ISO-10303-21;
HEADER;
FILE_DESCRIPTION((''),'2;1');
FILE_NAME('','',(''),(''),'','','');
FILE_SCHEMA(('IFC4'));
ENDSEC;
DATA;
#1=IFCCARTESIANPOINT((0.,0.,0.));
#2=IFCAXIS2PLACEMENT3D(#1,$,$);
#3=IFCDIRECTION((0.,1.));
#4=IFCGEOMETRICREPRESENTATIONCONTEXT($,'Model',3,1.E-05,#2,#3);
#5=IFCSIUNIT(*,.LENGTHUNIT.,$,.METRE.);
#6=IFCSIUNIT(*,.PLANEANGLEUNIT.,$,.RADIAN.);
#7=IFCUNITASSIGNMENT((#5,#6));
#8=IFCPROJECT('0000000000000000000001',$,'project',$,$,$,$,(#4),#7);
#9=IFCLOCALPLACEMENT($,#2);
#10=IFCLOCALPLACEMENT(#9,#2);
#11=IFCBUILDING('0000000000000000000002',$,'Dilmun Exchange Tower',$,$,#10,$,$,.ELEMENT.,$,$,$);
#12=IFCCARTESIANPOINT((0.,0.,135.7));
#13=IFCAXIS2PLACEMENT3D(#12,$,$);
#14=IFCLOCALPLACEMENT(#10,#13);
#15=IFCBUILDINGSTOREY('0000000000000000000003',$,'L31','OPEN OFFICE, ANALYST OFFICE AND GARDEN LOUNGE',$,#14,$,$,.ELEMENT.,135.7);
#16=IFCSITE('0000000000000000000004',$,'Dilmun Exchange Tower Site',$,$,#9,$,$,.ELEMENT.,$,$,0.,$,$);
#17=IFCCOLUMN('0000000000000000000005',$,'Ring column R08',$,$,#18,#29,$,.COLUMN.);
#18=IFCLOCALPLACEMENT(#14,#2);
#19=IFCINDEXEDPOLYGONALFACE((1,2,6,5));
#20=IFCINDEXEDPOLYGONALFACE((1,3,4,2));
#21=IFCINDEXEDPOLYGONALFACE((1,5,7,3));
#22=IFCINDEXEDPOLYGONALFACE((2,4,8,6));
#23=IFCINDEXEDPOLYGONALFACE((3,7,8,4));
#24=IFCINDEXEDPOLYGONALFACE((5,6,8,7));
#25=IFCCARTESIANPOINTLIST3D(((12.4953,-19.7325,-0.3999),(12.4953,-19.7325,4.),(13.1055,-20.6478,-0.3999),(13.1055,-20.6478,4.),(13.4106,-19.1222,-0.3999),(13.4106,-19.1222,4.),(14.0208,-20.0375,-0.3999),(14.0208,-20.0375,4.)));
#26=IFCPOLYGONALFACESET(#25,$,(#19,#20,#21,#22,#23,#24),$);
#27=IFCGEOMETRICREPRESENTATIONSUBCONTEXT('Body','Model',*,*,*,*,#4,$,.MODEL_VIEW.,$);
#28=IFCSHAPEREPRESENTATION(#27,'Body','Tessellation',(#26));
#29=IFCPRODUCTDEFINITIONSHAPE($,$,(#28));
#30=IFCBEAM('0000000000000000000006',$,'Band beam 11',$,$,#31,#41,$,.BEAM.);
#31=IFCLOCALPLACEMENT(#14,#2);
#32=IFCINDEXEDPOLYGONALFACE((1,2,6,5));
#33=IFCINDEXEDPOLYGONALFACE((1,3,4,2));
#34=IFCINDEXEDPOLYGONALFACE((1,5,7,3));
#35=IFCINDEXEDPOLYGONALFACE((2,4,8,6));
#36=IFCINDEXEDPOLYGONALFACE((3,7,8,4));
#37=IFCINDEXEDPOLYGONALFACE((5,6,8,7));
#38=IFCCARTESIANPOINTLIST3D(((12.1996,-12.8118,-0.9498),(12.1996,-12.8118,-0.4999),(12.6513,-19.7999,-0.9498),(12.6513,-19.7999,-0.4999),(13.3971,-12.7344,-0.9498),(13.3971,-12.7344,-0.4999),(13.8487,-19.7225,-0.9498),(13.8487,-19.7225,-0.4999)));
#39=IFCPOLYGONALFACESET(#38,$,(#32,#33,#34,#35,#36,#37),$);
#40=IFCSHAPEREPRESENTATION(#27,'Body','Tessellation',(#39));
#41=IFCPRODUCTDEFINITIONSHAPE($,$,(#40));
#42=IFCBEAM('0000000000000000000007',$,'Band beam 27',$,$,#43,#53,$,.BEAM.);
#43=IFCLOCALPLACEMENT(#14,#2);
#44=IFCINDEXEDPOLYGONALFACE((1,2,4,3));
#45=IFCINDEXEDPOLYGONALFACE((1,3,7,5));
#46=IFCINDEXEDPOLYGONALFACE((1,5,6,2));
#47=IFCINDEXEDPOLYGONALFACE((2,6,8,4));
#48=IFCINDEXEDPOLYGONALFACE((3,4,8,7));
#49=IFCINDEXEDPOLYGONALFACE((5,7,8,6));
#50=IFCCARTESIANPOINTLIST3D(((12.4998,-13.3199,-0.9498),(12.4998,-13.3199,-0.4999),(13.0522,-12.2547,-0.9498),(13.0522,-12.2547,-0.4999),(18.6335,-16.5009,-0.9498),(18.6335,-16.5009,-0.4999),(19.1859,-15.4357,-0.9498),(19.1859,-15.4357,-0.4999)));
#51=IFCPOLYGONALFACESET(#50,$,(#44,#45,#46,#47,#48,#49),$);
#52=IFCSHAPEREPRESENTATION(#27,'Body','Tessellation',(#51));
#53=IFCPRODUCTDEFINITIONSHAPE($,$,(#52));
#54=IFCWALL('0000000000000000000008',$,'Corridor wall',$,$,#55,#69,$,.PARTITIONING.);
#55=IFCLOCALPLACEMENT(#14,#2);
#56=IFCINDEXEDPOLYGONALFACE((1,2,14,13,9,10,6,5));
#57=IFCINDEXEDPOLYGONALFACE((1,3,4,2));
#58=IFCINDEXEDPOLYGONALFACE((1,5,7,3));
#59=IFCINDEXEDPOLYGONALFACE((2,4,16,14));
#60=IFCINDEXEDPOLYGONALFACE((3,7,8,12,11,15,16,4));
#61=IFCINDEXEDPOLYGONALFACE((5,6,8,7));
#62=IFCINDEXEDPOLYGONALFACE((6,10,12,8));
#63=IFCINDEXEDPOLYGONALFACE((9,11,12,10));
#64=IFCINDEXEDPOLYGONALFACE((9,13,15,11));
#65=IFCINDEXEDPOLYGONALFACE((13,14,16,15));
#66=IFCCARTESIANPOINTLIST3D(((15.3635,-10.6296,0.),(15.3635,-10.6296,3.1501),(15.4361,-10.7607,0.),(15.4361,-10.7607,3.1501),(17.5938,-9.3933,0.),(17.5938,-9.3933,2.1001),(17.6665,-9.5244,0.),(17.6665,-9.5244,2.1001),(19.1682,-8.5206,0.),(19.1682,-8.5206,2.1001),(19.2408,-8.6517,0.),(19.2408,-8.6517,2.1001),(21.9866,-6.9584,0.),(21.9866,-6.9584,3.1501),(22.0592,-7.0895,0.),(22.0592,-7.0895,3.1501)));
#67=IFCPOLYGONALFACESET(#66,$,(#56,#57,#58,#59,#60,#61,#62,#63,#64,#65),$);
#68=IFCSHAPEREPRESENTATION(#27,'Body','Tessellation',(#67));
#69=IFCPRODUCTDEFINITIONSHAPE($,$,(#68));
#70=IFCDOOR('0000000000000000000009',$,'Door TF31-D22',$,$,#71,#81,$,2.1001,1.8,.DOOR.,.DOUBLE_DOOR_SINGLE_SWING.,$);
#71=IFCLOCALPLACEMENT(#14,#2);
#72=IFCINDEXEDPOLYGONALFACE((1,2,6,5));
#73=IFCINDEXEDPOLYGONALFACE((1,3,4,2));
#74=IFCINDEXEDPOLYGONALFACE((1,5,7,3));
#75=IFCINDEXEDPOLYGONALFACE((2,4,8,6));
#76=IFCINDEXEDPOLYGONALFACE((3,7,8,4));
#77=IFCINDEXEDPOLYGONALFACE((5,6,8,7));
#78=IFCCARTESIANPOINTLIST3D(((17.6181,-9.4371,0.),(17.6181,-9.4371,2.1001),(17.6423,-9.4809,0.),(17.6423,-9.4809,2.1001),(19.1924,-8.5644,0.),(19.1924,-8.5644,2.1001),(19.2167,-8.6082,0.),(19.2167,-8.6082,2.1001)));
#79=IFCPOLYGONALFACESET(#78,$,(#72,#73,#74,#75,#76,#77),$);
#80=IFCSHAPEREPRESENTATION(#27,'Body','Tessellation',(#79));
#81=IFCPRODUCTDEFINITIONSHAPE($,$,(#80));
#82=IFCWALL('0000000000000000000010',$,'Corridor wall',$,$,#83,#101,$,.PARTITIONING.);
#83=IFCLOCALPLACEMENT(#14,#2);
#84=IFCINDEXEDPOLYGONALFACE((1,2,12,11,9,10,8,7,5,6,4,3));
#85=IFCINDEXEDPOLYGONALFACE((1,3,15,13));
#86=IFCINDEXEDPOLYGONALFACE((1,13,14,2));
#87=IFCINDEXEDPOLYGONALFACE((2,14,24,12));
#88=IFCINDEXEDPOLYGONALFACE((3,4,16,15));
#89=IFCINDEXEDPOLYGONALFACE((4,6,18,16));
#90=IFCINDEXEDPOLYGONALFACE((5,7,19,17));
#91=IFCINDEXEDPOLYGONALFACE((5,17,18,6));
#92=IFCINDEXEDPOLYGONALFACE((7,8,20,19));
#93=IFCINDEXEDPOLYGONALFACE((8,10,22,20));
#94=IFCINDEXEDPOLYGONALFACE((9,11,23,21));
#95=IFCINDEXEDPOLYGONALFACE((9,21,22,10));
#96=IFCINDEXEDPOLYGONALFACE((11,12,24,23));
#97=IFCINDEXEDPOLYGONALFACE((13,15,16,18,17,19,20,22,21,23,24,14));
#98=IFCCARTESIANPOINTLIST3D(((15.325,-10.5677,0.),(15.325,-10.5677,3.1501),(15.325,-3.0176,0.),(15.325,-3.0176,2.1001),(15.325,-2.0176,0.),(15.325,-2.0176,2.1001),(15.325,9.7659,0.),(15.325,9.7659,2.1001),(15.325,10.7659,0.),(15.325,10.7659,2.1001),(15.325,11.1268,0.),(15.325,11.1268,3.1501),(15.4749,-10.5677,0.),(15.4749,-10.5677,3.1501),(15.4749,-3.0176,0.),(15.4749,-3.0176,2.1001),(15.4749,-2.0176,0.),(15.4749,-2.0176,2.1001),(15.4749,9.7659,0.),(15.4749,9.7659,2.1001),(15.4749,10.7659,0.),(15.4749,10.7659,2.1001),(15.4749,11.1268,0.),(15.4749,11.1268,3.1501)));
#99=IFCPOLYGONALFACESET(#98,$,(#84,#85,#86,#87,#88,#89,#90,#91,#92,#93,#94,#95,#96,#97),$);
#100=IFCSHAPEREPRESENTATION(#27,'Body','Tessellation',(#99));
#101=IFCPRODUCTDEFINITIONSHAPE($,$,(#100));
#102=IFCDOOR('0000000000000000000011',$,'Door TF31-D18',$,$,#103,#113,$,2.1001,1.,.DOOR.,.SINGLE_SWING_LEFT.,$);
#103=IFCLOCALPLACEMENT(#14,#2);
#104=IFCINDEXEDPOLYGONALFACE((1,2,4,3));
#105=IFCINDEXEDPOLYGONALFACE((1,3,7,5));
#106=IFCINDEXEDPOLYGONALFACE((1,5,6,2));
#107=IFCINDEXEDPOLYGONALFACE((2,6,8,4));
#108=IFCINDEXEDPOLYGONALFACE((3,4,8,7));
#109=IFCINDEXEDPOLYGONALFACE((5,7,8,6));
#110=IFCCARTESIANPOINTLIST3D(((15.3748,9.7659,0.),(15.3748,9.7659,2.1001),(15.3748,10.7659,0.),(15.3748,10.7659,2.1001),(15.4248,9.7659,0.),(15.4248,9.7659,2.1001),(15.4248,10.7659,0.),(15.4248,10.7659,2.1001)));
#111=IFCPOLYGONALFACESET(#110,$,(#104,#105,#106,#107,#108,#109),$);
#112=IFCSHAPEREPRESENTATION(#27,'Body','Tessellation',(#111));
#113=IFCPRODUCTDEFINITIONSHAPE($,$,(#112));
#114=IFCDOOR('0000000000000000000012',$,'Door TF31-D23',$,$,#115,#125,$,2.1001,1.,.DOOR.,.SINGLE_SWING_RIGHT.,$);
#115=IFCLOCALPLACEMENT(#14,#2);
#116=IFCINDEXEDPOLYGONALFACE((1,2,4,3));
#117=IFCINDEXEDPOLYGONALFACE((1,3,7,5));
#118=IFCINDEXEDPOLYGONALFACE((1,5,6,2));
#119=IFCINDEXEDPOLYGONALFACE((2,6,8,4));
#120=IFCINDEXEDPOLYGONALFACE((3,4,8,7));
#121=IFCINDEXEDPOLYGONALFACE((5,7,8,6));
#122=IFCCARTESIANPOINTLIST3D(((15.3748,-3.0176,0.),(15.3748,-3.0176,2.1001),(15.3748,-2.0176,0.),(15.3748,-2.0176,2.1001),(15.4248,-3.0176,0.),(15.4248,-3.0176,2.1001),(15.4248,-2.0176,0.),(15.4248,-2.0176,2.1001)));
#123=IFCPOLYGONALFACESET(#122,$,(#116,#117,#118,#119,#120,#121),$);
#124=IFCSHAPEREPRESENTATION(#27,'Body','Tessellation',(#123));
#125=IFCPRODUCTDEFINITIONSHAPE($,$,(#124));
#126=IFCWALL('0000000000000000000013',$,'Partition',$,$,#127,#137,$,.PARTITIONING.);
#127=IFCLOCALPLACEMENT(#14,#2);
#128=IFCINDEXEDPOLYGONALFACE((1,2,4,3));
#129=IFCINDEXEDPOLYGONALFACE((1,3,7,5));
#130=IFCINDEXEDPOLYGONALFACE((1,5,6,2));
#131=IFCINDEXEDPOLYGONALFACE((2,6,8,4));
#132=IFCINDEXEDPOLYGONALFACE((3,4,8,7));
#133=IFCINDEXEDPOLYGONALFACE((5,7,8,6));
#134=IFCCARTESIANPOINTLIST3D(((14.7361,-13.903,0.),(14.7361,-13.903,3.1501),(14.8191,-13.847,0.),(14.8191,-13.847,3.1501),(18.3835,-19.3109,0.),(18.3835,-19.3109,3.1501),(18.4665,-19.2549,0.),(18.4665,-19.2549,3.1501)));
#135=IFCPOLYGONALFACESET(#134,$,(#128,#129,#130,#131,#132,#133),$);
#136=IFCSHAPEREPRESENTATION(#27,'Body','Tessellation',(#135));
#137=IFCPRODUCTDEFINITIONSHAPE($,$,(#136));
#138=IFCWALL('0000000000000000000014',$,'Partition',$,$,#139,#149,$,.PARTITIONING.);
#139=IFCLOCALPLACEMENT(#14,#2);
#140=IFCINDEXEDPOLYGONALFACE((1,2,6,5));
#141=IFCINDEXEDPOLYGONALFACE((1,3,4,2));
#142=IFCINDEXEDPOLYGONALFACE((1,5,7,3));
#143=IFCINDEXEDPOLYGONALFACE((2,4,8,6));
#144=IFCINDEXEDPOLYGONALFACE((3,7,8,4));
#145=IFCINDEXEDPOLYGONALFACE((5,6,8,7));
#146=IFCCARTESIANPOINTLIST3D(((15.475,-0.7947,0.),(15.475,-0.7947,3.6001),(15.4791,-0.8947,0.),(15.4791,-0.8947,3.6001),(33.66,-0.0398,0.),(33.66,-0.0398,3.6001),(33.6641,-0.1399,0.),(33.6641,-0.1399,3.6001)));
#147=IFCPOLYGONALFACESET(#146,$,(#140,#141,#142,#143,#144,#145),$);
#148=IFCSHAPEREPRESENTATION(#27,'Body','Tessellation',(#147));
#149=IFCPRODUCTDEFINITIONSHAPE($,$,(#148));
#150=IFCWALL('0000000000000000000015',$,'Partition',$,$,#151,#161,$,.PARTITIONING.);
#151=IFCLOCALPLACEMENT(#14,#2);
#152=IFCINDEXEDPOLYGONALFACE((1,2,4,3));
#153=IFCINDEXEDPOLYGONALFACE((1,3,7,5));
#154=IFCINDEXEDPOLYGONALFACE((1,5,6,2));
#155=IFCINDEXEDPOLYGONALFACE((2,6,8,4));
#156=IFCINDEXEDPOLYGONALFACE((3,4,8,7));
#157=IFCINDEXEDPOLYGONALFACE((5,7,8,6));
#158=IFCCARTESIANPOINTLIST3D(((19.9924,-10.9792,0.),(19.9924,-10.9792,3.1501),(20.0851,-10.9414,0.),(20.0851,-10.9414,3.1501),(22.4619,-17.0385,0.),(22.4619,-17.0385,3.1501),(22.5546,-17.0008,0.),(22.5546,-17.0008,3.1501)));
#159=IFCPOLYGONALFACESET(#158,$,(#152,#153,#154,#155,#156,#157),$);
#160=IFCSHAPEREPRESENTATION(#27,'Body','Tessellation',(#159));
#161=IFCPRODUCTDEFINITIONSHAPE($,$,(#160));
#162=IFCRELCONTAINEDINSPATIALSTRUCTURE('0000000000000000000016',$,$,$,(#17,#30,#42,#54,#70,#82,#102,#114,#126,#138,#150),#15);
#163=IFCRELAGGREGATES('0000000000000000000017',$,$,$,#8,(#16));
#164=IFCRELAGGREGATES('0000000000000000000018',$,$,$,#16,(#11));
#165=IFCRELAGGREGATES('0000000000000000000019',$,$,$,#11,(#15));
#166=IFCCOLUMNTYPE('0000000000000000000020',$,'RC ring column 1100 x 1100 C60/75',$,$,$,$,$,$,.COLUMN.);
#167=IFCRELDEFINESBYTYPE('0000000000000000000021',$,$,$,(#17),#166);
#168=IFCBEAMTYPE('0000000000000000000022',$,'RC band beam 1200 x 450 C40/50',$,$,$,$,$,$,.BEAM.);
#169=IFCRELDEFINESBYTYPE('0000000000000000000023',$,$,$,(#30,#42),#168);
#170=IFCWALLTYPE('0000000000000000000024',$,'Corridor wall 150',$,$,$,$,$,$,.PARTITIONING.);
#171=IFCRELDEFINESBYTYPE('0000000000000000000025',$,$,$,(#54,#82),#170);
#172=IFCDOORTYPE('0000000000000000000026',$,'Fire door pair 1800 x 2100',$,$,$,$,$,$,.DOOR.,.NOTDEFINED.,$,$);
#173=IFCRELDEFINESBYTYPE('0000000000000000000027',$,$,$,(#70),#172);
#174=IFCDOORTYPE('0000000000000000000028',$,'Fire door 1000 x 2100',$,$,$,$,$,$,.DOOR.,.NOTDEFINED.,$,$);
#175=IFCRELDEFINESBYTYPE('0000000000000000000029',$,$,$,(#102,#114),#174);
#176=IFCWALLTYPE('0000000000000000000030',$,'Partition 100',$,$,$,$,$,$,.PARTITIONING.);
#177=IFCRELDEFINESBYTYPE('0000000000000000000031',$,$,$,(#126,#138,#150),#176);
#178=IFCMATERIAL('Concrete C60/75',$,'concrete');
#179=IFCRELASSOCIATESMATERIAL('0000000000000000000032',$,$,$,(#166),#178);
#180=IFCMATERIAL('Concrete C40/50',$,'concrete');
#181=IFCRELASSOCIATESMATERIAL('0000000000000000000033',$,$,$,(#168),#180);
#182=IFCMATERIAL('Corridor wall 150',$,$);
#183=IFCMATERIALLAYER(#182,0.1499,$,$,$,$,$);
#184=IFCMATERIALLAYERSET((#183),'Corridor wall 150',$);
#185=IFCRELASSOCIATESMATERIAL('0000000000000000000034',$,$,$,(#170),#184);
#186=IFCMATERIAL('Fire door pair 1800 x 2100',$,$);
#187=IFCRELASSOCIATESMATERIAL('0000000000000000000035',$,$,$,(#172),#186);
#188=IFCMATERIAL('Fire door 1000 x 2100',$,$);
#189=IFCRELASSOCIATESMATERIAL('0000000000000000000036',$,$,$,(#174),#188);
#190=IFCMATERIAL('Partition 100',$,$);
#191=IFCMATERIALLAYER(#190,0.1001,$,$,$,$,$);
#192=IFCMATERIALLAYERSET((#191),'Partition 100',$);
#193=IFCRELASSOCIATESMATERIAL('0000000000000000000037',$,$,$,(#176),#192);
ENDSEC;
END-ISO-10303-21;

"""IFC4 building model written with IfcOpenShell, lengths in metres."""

from ifc_helpers import new_model, si_unit, direction, frame, frame_2d, origin, origin_2d, place, context, subcontext, project, spatial, rectangle, extrude, material, layer, layer_set, material_profile, profile_set, type_object, element, fill, save


model = new_model("IFC4")

# Units and contexts
model_context = context("Model", 3, precision=1e-05, world=origin(), true_north=direction((0.0, 1.0)))
body_context = subcontext(model_context, "Body", "Model", "MODEL_VIEW")
ifc_project = project(units=[si_unit("LENGTHUNIT", "METRE"), si_unit("PLANEANGLEUNIT", "RADIAN")], contexts=[model_context])

# Site, building, storey
site_placement = place(None, origin())
site = spatial("IfcSite", under=ifc_project, at=site_placement, Name="Dilmun Exchange Tower Site", CompositionType="ELEMENT", RefElevation=0.0)
building_placement = place(site_placement, origin())
building = spatial("IfcBuilding", under=site, at=building_placement, Name="Dilmun Exchange Tower", CompositionType="ELEMENT")
storey_placement = place(building_placement, frame((0.0, 0.0, 135.7)))
storey = spatial("IfcBuildingStorey", under=building, at=storey_placement, Name="L31", Description="OPEN OFFICE, ANALYST OFFICE AND GARDEN LOUNGE", CompositionType="ELEMENT", Elevation=135.7)

# Column
ifc_material_1 = material(Name="Concrete C60/75", Category="concrete")
ifc_material_profile_1 = material_profile(ifc_material_1, rectangle(XDim=1.1001, YDim=1.1001, at=origin_2d()), Name="1100 x 1100")
ifc_profile_set_1 = profile_set([ifc_material_profile_1], Name="Concrete C60/75")
column_type = type_object("IfcColumnType", Name="RC ring column 1100 x 1100 C60/75", PredefinedType="COLUMN", material=ifc_profile_set_1)
column_placement = place(storey_placement, frame((13.2581, -19.885, -0.3999), z_axis=(0.0, 0.0, 1.0), x_axis=(0.832029, 0.554733, 0.0)))
element("IfcColumn", 1, at=column_placement, inside=storey, type_object=column_type, Name="Ring column R08", PredefinedType="COLUMN", context=body_context, shape_type="SweptSolid", body=[
    extrude(rectangle(XDim=1.1001, YDim=1.1001, at=origin_2d()), origin(), (0.0, 0.0, 1.0), 4.3999),
])

# Beams
ifc_material_2 = material(Name="Concrete C40/50", Category="concrete")
ifc_material_profile_2 = material_profile(ifc_material_2, rectangle(XDim=1.2, YDim=0.45, at=origin_2d()), Name="1200 x 450")
ifc_profile_set_2 = profile_set([ifc_material_profile_2], Name="Concrete C40/50")
beam_type = type_object("IfcBeamType", Name="RC band beam 1200 x 450 C40/50", PredefinedType="BEAM", material=ifc_profile_set_2)
beam_1_placement = place(storey_placement, frame((13.25, -19.7612, -0.7249), z_axis=(-0.064499, 0.997918, 0.0), x_axis=(-0.997918, -0.064499, 0.0)))
element("IfcBeam", 2, at=beam_1_placement, inside=storey, type_object=beam_type, Name="Band beam 11", PredefinedType="BEAM", context=body_context, shape_type="SweptSolid", body=[
    extrude(rectangle(XDim=1.2, YDim=0.45, at=origin_2d()), origin(), (0.0, 0.0, 1.0), 7.0027),
])
beam_2_placement = place(storey_placement, frame((18.9097, -15.9683, -0.7249), z_axis=(-0.887722, 0.46038, 0.0), x_axis=(-0.46038, -0.887722, 0.0)))
element("IfcBeam", 3, at=beam_2_placement, inside=storey, type_object=beam_type, Name="Band beam 27", PredefinedType="BEAM", context=body_context, shape_type="SweptSolid", body=[
    extrude(rectangle(XDim=1.2, YDim=0.45, at=origin_2d()), origin(), (0.0, 0.0, 1.0), 6.9094),
])

# Wall, opening, door
ifc_material_3 = material(Name="Corridor wall 150")
ifc_layer_1 = layer(ifc_material_3, 0.1499)
ifc_layer_set_1 = layer_set([ifc_layer_1], Name="Corridor wall 150")
wall_type_1 = type_object("IfcWallType", Name="Corridor wall 150", PredefinedType="PARTITIONING", material=ifc_layer_set_1)
wall_1_placement = place(storey_placement, frame((15.3999, -10.6951, 0.0), z_axis=(0.0, 0.0, 1.0), x_axis=(0.874624, 0.484802, 0.0)))
wall_1 = element("IfcWall", 4, at=wall_1_placement, inside=storey, type_object=wall_type_1, Name="Corridor wall", PredefinedType="PARTITIONING", context=body_context, shape_type="SweptSolid", body=[
    extrude(rectangle(XDim=7.5725, YDim=0.1499, at=frame_2d((3.7861, 0.0))), origin(), (0.0, 0.0, 1.0), 3.1501),
])
opening_1_placement = place(wall_1_placement, frame((2.55, 0.0, 0.0)))
opening_1 = element("IfcOpeningElement", 5, at=opening_1_placement, cuts=wall_1, PredefinedType="OPENING", context=body_context, shape_type="SweptSolid", body=[
    extrude(rectangle(XDim=1.8, YDim=2.1001, at=frame_2d((0.8999, 1.05))), frame((0.0, 0.085, 0.0), z_axis=(0.0, -1.0, 0.0), x_axis=(1.0, 0.0, 0.0)), (0.0, 0.0, 1.0), 0.1699),
])
ifc_material_4 = material(Name="Fire door pair 1800 x 2100")
door_type_1 = type_object("IfcDoorType", Name="Fire door pair 1800 x 2100", OperationType="NOTDEFINED", PredefinedType="DOOR", material=ifc_material_4)
door_1_placement = place(opening_1_placement, origin())
door_1 = element("IfcDoor", 6, at=door_1_placement, inside=storey, type_object=door_type_1, Name="Door TF31-D22", OperationType="DOUBLE_DOOR_SINGLE_SWING", OverallHeight=2.1001, OverallWidth=1.8, PredefinedType="DOOR", context=body_context, shape_type="SweptSolid", body=[
    extrude(rectangle(XDim=1.8, YDim=2.1001, at=frame_2d((0.8999, 1.05))), frame((0.0, 0.0249, 0.0), z_axis=(0.0, -1.0, 0.0), x_axis=(1.0, 0.0, 0.0)), (0.0, 0.0, 1.0), 0.05),
])
fill(opening_1, door_1)

# Wall, openings, doors
wall_2_placement = place(storey_placement, frame((15.3999, -10.5676, 0.0), z_axis=(0.0, 0.0, 1.0), x_axis=(0.0, 1.0, 0.0)))
wall_2 = element("IfcWall", 7, at=wall_2_placement, inside=storey, type_object=wall_type_1, Name="Corridor wall", PredefinedType="PARTITIONING", context=body_context, shape_type="SweptSolid", body=[
    extrude(rectangle(XDim=21.6946, YDim=0.1499, at=frame_2d((10.8472, 0.0))), origin(), (0.0, 0.0, 1.0), 3.1501),
])
opening_2_placement = place(wall_2_placement, frame((20.3335, 0.0, 0.0)))
opening_2 = element("IfcOpeningElement", 8, at=opening_2_placement, cuts=wall_2, PredefinedType="OPENING", context=body_context, shape_type="SweptSolid", body=[
    extrude(rectangle(XDim=1.0, YDim=2.1001, at=frame_2d((0.5, 1.05))), frame((0.0, 0.085, 0.0), z_axis=(0.0, -1.0, 0.0), x_axis=(1.0, 0.0, 0.0)), (0.0, 0.0, 1.0), 0.1699),
])
opening_3_placement = place(wall_2_placement, frame((7.55, 0.0, 0.0)))
opening_3 = element("IfcOpeningElement", 9, at=opening_3_placement, cuts=wall_2, PredefinedType="OPENING", context=body_context, shape_type="SweptSolid", body=[
    extrude(rectangle(XDim=1.0, YDim=2.1001, at=frame_2d((0.5, 1.05))), frame((0.0, 0.085, 0.0), z_axis=(0.0, -1.0, 0.0), x_axis=(1.0, 0.0, 0.0)), (0.0, 0.0, 1.0), 0.1699),
])
ifc_material_5 = material(Name="Fire door 1000 x 2100")
door_type_2 = type_object("IfcDoorType", Name="Fire door 1000 x 2100", OperationType="NOTDEFINED", PredefinedType="DOOR", material=ifc_material_5)
door_2_placement = place(opening_2_placement, frame((1.0, 0.0, 0.0), z_axis=(0.0, 0.0, 1.0), x_axis=(-1.0, 0.0, 0.0)))
door_2 = element("IfcDoor", 10, at=door_2_placement, inside=storey, type_object=door_type_2, Name="Door TF31-D18", OperationType="SINGLE_SWING_LEFT", OverallHeight=2.1001, OverallWidth=1.0, PredefinedType="DOOR", context=body_context, shape_type="SweptSolid", body=[
    extrude(rectangle(XDim=1.0, YDim=2.1001, at=frame_2d((0.5, 1.05))), frame((0.0, 0.0249, 0.0), z_axis=(0.0, -1.0, 0.0), x_axis=(1.0, 0.0, 0.0)), (0.0, 0.0, 1.0), 0.05),
])
fill(opening_2, door_2)
door_3_placement = place(opening_3_placement, frame((1.0, 0.0, 0.0), z_axis=(0.0, 0.0, 1.0), x_axis=(-1.0, 0.0, 0.0)))
door_3 = element("IfcDoor", 11, at=door_3_placement, inside=storey, type_object=door_type_2, Name="Door TF31-D23", OperationType="SINGLE_SWING_RIGHT", OverallHeight=2.1001, OverallWidth=1.0, PredefinedType="DOOR", context=body_context, shape_type="SweptSolid", body=[
    extrude(rectangle(XDim=1.0, YDim=2.1001, at=frame_2d((0.5, 1.05))), frame((0.0, 0.0249, 0.0), z_axis=(0.0, -1.0, 0.0), x_axis=(1.0, 0.0, 0.0)), (0.0, 0.0, 1.0), 0.05),
])
fill(opening_3, door_3)

# Walls
ifc_material_6 = material(Name="Partition 100")
ifc_layer_2 = layer(ifc_material_6, 0.1001)
ifc_layer_set_2 = layer_set([ifc_layer_2], Name="Partition 100")
wall_type_2 = type_object("IfcWallType", Name="Partition 100", PredefinedType="PARTITIONING", material=ifc_layer_set_2)
wall_3_placement = place(storey_placement, frame((14.7776, -13.875, 0.0), z_axis=(0.0, 0.0, 1.0), x_axis=(0.559166, -0.829056, 0.0)))
element("IfcWall", 12, at=wall_3_placement, inside=storey, type_object=wall_type_2, Name="Partition", PredefinedType="PARTITIONING", context=body_context, shape_type="SweptSolid", body=[
    extrude(rectangle(XDim=6.5229, YDim=0.1001, at=frame_2d((3.2615, 0.0))), origin(), (0.0, 0.0, 1.0), 3.1501),
])
wall_4_placement = place(storey_placement, frame((15.4771, -0.8447, 0.0), z_axis=(0.0, 0.0, 1.0), x_axis=(0.99914, 0.041475, 0.0)))
element("IfcWall", 13, at=wall_4_placement, inside=storey, type_object=wall_type_2, Name="Partition", PredefinedType="PARTITIONING", context=body_context, shape_type="SweptSolid", body=[
    extrude(rectangle(XDim=18.2007, YDim=0.1001, at=frame_2d((9.1003, 0.0))), origin(), (0.0, 0.0, 1.0), 3.6001),
])
wall_5_placement = place(storey_placement, frame((20.0388, -10.9604, 0.0), z_axis=(0.0, 0.0, 1.0), x_axis=(0.377411, -0.926046, 0.0)))
element("IfcWall", 14, at=wall_5_placement, inside=storey, type_object=wall_type_2, Name="Partition", PredefinedType="PARTITIONING", context=body_context, shape_type="SweptSolid", body=[
    extrude(rectangle(XDim=6.5432, YDim=0.1001, at=frame_2d((3.2715, 0.0))), origin(), (0.0, 0.0, 1.0), 3.1501),
])

save(model, "model.ifc")
